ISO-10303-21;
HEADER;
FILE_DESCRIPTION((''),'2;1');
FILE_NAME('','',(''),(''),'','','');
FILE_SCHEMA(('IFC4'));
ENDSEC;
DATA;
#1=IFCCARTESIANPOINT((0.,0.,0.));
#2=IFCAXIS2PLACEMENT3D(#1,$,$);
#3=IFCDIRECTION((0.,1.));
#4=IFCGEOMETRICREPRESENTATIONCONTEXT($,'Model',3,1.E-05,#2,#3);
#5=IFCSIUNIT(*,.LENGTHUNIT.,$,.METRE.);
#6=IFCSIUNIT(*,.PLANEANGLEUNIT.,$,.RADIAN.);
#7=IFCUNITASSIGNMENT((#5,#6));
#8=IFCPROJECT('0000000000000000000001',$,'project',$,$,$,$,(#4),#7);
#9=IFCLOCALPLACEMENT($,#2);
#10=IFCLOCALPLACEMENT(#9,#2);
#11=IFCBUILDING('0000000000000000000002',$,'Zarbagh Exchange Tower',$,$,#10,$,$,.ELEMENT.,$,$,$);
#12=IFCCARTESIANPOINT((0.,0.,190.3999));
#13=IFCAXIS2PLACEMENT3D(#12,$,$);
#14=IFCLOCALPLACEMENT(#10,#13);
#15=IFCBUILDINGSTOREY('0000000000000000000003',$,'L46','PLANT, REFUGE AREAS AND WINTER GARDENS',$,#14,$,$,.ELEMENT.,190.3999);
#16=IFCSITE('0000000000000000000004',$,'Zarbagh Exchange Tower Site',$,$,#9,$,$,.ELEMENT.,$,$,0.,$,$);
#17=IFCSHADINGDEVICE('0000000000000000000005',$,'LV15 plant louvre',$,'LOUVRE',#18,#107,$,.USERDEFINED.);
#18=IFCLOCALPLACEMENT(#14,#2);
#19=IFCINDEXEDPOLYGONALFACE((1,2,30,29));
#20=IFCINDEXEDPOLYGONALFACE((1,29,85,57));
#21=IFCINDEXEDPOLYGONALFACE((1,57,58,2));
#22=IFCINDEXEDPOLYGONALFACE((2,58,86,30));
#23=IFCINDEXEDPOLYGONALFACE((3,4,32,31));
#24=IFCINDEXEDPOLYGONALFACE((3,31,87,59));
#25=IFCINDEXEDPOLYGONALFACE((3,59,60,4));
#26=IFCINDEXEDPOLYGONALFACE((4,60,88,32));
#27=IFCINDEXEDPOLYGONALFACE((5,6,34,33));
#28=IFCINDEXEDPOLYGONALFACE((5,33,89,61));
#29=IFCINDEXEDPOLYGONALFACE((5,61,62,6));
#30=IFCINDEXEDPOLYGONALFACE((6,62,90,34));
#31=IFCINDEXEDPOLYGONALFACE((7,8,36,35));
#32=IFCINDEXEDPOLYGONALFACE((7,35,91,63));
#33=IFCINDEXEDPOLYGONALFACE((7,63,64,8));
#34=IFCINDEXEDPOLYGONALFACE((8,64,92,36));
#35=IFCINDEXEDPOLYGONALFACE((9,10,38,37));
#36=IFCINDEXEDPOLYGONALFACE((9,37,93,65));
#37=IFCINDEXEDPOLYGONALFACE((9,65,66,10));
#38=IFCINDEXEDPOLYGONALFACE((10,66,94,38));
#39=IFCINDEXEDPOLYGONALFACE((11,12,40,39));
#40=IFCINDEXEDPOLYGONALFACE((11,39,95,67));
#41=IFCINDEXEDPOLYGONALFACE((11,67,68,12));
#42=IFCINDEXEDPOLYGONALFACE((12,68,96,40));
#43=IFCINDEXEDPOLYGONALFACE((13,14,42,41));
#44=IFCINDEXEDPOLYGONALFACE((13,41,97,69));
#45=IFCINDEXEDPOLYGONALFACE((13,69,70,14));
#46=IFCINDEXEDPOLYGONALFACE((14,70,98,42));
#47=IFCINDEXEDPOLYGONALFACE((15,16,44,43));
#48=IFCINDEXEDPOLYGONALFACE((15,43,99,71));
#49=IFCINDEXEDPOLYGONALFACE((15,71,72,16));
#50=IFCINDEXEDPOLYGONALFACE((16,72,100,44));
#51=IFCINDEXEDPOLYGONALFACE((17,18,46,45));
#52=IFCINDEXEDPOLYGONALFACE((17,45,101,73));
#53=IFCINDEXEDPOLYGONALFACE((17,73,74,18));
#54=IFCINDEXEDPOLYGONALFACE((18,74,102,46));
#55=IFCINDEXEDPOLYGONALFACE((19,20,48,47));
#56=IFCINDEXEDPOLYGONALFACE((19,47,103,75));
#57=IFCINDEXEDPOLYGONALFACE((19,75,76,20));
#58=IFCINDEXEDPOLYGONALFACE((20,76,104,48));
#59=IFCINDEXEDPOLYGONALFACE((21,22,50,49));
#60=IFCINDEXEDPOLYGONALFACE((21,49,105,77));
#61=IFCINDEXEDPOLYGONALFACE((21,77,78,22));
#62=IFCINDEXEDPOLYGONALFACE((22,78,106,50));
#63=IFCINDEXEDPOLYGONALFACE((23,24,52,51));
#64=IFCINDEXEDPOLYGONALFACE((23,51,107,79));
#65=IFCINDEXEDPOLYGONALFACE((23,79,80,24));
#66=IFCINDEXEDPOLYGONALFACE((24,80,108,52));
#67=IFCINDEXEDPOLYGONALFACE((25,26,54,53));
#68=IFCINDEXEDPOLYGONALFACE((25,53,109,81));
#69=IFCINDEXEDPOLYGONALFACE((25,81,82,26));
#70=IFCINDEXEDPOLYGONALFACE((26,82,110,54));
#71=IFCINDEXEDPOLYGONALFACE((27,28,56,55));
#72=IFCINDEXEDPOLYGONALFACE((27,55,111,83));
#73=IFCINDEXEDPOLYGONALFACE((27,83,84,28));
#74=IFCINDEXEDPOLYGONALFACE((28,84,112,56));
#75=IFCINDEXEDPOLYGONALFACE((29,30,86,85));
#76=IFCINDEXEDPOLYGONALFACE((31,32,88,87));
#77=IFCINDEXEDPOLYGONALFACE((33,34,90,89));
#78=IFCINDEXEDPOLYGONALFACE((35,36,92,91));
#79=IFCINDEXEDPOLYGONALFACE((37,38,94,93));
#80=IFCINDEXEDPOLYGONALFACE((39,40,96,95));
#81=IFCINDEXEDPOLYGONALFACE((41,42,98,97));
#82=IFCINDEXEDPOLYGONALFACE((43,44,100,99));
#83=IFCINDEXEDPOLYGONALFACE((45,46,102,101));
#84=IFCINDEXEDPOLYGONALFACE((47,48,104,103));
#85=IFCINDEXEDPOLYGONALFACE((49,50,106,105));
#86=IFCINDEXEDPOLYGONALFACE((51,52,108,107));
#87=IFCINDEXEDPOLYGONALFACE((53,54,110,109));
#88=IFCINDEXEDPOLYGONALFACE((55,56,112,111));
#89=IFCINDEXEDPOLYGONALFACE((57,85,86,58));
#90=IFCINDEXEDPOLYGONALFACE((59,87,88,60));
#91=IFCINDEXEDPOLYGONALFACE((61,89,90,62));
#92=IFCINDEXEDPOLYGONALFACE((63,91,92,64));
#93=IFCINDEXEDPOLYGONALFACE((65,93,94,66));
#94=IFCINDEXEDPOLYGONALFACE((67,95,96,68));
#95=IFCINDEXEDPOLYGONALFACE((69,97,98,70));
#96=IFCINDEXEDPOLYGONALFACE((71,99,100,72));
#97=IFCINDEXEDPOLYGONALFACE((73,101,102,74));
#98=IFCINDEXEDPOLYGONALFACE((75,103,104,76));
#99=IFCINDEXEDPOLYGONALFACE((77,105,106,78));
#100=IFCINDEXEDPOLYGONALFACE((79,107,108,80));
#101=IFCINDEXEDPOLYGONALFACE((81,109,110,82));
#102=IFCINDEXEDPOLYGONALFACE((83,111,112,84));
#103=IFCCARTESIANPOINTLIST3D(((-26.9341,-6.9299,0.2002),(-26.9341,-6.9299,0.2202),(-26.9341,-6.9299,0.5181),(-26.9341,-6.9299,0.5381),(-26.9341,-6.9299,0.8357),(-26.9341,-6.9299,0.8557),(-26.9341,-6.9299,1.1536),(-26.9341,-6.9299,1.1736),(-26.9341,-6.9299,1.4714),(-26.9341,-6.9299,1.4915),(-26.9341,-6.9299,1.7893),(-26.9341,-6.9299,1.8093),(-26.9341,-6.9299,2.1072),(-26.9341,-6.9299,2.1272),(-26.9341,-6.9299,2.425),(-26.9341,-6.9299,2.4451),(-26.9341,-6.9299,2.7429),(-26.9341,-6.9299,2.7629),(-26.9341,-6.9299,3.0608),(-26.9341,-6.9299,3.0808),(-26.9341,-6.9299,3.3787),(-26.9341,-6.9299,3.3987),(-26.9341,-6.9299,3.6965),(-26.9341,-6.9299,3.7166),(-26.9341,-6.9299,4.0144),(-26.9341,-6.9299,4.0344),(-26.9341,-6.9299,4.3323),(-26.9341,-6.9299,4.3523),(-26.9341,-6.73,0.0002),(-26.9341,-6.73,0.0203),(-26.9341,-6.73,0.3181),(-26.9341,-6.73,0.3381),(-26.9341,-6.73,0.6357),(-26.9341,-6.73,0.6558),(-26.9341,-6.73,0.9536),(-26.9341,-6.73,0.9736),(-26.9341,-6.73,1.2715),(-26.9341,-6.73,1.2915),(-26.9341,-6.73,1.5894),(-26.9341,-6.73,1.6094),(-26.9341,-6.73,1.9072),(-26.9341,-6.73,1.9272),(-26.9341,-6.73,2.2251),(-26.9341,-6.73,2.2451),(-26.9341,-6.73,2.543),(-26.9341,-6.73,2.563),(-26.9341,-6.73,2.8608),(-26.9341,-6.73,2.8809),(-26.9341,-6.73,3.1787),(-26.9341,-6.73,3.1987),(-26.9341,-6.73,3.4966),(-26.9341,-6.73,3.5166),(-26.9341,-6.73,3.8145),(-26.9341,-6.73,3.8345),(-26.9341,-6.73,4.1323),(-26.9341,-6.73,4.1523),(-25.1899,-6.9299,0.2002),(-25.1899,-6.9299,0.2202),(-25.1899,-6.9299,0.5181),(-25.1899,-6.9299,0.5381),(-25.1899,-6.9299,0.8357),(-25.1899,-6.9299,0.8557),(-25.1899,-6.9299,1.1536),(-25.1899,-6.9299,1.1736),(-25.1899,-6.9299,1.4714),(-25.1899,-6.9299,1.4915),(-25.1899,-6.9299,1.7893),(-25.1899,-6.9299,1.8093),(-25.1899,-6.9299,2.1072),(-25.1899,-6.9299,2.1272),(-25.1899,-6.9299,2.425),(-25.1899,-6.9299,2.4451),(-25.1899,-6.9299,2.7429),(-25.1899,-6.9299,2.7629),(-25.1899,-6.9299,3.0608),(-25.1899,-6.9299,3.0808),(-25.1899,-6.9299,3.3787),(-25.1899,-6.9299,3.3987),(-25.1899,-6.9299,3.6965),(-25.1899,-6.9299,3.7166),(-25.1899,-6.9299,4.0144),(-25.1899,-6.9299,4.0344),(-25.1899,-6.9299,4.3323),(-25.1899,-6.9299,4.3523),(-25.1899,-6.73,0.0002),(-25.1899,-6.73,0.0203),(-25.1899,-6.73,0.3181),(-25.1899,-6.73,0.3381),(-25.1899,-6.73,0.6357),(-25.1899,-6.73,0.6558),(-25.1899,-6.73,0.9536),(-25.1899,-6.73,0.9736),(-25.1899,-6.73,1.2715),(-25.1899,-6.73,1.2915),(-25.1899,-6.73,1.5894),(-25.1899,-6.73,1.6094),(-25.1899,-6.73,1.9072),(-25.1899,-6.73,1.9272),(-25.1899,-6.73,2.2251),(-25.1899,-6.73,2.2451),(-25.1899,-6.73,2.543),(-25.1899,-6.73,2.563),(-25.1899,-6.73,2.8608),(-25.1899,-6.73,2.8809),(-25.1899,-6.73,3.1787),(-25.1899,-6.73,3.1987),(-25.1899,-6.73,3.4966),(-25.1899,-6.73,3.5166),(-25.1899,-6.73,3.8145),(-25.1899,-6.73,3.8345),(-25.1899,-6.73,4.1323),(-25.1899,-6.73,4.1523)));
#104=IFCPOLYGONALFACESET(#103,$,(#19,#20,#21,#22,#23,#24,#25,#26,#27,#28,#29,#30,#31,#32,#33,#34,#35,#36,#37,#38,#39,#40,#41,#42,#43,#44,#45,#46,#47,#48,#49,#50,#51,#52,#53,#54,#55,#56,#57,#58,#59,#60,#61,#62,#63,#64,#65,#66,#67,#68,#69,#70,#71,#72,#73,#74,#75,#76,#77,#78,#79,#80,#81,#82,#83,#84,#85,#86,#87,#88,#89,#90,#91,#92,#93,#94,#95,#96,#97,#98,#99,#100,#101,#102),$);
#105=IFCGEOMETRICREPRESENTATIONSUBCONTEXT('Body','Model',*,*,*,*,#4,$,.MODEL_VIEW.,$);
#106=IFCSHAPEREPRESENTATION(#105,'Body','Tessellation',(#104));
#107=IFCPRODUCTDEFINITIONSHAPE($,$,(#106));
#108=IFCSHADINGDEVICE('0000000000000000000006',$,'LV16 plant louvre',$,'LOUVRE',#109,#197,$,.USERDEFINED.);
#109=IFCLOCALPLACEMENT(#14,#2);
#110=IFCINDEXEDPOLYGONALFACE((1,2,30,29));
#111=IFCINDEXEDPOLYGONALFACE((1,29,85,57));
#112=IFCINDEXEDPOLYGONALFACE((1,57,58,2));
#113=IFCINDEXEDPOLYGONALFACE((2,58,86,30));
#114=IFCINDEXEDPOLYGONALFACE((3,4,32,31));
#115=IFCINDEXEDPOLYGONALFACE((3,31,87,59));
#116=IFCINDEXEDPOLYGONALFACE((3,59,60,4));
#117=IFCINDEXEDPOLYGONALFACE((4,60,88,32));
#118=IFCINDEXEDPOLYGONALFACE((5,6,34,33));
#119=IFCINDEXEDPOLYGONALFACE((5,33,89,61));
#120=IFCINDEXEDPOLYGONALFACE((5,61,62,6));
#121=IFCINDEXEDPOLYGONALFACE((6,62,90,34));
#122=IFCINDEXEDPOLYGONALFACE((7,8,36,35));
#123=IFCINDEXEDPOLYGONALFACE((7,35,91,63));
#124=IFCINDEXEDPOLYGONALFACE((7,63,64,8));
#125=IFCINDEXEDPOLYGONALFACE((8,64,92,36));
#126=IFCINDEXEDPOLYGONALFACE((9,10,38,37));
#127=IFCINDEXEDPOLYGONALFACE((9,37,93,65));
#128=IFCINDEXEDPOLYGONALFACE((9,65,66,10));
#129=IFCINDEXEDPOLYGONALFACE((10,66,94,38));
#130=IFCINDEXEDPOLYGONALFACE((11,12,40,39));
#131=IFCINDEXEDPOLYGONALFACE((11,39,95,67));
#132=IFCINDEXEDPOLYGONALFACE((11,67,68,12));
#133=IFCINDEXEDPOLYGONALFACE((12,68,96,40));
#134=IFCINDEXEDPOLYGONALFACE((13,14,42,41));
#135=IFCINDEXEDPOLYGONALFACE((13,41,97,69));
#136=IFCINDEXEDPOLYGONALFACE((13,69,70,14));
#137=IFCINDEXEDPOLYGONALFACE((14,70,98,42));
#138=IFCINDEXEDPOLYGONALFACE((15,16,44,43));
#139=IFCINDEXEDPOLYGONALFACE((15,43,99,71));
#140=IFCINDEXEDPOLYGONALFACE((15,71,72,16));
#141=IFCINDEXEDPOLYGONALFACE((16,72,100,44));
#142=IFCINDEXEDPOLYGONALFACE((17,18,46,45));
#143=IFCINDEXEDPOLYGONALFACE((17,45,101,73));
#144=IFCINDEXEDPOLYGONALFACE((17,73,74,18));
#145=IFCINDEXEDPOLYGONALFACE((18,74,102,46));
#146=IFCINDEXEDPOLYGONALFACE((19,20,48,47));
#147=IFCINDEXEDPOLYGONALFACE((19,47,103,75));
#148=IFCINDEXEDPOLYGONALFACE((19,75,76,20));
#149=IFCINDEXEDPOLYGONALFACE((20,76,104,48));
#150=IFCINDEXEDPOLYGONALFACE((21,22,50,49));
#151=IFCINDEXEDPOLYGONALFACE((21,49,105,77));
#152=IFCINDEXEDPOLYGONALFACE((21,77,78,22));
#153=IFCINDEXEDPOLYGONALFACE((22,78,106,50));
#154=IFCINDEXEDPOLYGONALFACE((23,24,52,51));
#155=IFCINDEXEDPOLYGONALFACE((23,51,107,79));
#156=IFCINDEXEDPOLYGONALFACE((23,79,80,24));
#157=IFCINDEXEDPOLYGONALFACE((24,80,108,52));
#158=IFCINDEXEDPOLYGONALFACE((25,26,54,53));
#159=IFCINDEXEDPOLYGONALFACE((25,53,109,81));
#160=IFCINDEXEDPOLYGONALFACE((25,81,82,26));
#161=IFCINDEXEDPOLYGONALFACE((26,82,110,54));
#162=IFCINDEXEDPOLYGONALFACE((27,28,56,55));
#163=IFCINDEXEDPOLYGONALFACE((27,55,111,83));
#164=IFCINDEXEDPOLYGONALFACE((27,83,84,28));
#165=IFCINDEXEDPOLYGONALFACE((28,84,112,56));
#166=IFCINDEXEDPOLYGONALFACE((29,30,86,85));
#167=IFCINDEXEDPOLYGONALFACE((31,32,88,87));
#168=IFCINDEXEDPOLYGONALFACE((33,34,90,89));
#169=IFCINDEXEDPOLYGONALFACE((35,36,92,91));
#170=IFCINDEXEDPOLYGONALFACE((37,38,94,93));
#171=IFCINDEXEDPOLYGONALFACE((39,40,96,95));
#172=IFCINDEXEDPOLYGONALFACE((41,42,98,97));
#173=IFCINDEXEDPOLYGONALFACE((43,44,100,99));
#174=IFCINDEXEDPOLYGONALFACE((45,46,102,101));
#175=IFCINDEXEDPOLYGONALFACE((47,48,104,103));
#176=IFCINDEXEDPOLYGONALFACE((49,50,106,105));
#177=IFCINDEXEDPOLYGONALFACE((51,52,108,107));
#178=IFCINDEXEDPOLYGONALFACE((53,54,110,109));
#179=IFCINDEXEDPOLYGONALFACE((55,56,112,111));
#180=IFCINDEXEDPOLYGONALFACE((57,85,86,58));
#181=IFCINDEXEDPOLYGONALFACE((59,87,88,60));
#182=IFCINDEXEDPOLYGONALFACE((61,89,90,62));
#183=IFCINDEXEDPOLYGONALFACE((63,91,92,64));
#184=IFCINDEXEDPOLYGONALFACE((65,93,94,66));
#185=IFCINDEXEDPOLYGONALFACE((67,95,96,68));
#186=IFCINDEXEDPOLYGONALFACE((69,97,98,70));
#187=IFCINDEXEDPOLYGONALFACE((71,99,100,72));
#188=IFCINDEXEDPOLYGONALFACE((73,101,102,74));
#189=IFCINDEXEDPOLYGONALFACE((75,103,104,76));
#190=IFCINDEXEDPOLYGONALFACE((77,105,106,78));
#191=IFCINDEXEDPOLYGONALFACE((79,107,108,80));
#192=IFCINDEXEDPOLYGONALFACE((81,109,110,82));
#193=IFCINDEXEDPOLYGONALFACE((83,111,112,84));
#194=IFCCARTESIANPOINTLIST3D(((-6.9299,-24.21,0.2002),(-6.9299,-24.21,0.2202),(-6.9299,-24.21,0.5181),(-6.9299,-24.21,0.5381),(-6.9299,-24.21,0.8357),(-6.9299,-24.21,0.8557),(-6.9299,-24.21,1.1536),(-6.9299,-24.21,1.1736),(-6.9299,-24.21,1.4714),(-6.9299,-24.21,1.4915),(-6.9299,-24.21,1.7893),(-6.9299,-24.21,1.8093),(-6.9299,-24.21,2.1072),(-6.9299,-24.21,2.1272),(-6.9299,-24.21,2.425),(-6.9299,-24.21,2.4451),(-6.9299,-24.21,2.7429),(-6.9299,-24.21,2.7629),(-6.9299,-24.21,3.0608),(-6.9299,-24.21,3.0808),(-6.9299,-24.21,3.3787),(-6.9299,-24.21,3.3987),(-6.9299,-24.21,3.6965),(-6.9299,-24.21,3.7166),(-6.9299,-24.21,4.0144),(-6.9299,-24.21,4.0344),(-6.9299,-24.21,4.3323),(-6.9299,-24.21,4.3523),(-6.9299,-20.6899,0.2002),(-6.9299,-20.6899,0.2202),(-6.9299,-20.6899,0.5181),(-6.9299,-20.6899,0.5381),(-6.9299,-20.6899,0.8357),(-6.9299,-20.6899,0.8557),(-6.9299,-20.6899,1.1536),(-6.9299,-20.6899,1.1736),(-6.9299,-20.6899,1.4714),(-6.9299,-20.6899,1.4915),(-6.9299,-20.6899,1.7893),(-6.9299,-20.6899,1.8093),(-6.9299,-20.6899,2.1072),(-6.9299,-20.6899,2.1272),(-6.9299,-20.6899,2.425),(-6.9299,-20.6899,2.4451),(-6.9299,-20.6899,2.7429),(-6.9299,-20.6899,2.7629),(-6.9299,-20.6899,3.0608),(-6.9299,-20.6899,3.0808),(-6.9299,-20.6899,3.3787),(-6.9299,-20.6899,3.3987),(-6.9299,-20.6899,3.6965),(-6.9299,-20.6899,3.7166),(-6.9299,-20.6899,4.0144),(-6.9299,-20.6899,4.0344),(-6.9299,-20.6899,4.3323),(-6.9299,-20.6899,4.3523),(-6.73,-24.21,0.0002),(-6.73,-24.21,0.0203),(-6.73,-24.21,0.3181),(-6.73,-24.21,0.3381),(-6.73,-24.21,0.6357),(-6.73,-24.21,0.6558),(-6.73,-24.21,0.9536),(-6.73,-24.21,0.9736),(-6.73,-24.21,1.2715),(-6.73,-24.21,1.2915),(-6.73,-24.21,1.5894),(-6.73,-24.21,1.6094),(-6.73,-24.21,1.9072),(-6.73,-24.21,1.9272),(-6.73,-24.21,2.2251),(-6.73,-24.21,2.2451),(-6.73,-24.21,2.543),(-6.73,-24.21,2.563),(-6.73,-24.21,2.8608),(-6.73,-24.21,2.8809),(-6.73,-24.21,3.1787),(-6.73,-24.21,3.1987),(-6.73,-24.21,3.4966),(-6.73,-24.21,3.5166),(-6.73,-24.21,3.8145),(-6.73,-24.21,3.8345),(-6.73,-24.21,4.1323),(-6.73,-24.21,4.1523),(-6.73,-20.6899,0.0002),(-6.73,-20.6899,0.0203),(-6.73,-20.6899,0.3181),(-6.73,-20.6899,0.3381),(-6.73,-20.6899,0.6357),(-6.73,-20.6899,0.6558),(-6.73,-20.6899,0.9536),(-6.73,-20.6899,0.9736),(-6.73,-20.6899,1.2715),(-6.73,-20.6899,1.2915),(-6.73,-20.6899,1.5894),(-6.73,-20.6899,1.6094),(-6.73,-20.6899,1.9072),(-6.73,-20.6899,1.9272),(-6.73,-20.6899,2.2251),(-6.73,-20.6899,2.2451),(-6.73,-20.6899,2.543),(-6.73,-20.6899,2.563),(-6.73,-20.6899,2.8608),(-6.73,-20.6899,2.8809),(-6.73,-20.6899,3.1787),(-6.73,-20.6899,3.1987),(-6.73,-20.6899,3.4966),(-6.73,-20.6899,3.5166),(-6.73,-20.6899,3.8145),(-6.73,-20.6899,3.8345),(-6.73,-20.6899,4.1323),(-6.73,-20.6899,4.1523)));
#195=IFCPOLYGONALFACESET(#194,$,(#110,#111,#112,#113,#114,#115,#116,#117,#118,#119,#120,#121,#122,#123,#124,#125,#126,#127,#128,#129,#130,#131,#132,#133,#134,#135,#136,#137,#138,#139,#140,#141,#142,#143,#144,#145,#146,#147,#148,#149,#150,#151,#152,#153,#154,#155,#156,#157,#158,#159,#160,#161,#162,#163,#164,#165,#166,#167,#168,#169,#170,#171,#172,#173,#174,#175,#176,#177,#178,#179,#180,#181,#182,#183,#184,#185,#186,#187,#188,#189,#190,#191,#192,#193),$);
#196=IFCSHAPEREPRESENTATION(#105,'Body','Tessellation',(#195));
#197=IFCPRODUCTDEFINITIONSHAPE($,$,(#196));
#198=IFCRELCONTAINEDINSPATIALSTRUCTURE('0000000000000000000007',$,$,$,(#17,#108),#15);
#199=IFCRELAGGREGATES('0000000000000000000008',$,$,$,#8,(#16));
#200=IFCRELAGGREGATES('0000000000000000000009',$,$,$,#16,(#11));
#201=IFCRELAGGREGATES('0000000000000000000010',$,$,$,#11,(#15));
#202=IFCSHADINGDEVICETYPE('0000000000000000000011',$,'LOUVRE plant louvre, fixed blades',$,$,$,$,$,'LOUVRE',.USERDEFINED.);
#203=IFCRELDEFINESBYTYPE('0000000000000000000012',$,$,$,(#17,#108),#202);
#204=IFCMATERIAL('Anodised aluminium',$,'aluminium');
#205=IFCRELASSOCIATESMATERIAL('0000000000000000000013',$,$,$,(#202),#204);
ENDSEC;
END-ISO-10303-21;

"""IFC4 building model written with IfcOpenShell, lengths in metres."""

from ifc_helpers import new_model, si_unit, direction, frame, origin, place, context, subcontext, project, spatial, polyline, outline, extrude, source, transform, mapped, material, type_object, element, save


model = new_model("IFC4")

# Units and contexts
model_context = context("Model", 3, precision=1e-05, world=origin(), true_north=direction((0.0, 1.0)))
body_context = subcontext(model_context, "Body", "Model", "MODEL_VIEW")
ifc_project = project(units=[si_unit("LENGTHUNIT", "METRE"), si_unit("PLANEANGLEUNIT", "RADIAN")], contexts=[model_context])

# Site, building, storey
site_placement = place(None, origin())
site = spatial("IfcSite", under=ifc_project, at=site_placement, Name="Zarbagh Exchange Tower Site", CompositionType="ELEMENT", RefElevation=0.0)
building_placement = place(site_placement, origin())
building = spatial("IfcBuilding", under=site, at=building_placement, Name="Zarbagh Exchange Tower", CompositionType="ELEMENT")
storey_placement = place(building_placement, frame((0.0, 0.0, 190.3999)))
storey = spatial("IfcBuildingStorey", under=building, at=storey_placement, Name="L46", Description="PLANT, REFUGE AREAS AND WINTER GARDENS", CompositionType="ELEMENT", Elevation=190.3999)

# Shared definitions
placement = place(storey_placement, origin())

# Shading devices
ifc_material_1 = material(Name="Anodised aluminium", Category="aluminium")
shading_device_type = type_object("IfcShadingDeviceType", Name="LOUVRE plant louvre, fixed blades", ElementType="LOUVRE", PredefinedType="USERDEFINED", material=ifc_material_1)
shared_shape_1 = source(origin(), body_context, "Body", "SweptSolid", [
    extrude(outline(polyline([(0.0, 0.2), (0.2, 0.0), (0.2, -0.02), (0.0, 0.1799), (0.0, 0.2)])), origin(), (0.0, 0.0, 1.0), 1.7441),
])
element("IfcShadingDevice", 1, at=placement, inside=storey, type_object=shading_device_type, Name="LV15 plant louvre", ObjectType="LOUVRE", PredefinedType="USERDEFINED", context=body_context, shape_type="MappedRepresentation", body=[
    mapped(shared_shape_1, transform((-26.9341, -6.73, 0.2002), x_axis=(0.0, -1.0, 0.0), y_axis=(0.0, 0.0, -1.0), z_axis=(1.0, 0.0, 0.0))),
    mapped(shared_shape_1, transform((-26.9341, -6.73, 0.5181), x_axis=(0.0, -1.0, 0.0), y_axis=(0.0, 0.0, -1.0), z_axis=(1.0, 0.0, 0.0))),
    mapped(shared_shape_1, transform((-26.9341, -6.73, 0.8357), x_axis=(0.0, -1.0, 0.0), y_axis=(0.0, 0.0, -1.0), z_axis=(1.0, 0.0, 0.0))),
    mapped(shared_shape_1, transform((-26.9341, -6.73, 1.1536), x_axis=(0.0, -1.0, 0.0), y_axis=(0.0, 0.0, -1.0), z_axis=(1.0, 0.0, 0.0))),
    mapped(shared_shape_1, transform((-26.9341, -6.73, 1.4714), x_axis=(0.0, -1.0, 0.0), y_axis=(0.0, 0.0, -1.0), z_axis=(1.0, 0.0, 0.0))),
    mapped(shared_shape_1, transform((-26.9341, -6.73, 1.7893), x_axis=(0.0, -1.0, 0.0), y_axis=(0.0, 0.0, -1.0), z_axis=(1.0, 0.0, 0.0))),
    mapped(shared_shape_1, transform((-26.9341, -6.73, 2.1072), x_axis=(0.0, -1.0, 0.0), y_axis=(0.0, 0.0, -1.0), z_axis=(1.0, 0.0, 0.0))),
    mapped(shared_shape_1, transform((-26.9341, -6.73, 2.425), x_axis=(0.0, -1.0, 0.0), y_axis=(0.0, 0.0, -1.0), z_axis=(1.0, 0.0, 0.0))),
    mapped(shared_shape_1, transform((-26.9341, -6.73, 2.7429), x_axis=(0.0, -1.0, 0.0), y_axis=(0.0, 0.0, -1.0), z_axis=(1.0, 0.0, 0.0))),
    mapped(shared_shape_1, transform((-26.9341, -6.73, 3.0608), x_axis=(0.0, -1.0, 0.0), y_axis=(0.0, 0.0, -1.0), z_axis=(1.0, 0.0, 0.0))),
    mapped(shared_shape_1, transform((-26.9341, -6.73, 3.3787), x_axis=(0.0, -1.0, 0.0), y_axis=(0.0, 0.0, -1.0), z_axis=(1.0, 0.0, 0.0))),
    mapped(shared_shape_1, transform((-26.9341, -6.73, 3.6965), x_axis=(0.0, -1.0, 0.0), y_axis=(0.0, 0.0, -1.0), z_axis=(1.0, 0.0, 0.0))),
    mapped(shared_shape_1, transform((-26.9341, -6.73, 4.0144), x_axis=(0.0, -1.0, 0.0), y_axis=(0.0, 0.0, -1.0), z_axis=(1.0, 0.0, 0.0))),
    mapped(shared_shape_1, transform((-26.9341, -6.73, 4.3323), x_axis=(0.0, -1.0, 0.0), y_axis=(0.0, 0.0, -1.0), z_axis=(1.0, 0.0, 0.0))),
])
shared_shape_2 = source(origin(), body_context, "Body", "SweptSolid", [
    extrude(outline(polyline([(0.0, 0.2), (0.2, 0.0), (0.2, -0.02), (0.0, 0.1799), (0.0, 0.2)])), origin(), (0.0, 0.0, 1.0), 3.52),
])
element("IfcShadingDevice", 2, at=placement, inside=storey, type_object=shading_device_type, Name="LV16 plant louvre", ObjectType="LOUVRE", PredefinedType="USERDEFINED", context=body_context, shape_type="MappedRepresentation", body=[
    mapped(shared_shape_2, transform((-6.73, -20.6899, 0.2002), x_axis=(-1.0, 0.0, 0.0), y_axis=(0.0, 0.0, -1.0), z_axis=(0.0, -1.0, 0.0))),
    mapped(shared_shape_2, transform((-6.73, -20.6899, 0.5181), x_axis=(-1.0, 0.0, 0.0), y_axis=(0.0, 0.0, -1.0), z_axis=(0.0, -1.0, 0.0))),
    mapped(shared_shape_2, transform((-6.73, -20.6899, 0.8357), x_axis=(-1.0, 0.0, 0.0), y_axis=(0.0, 0.0, -1.0), z_axis=(0.0, -1.0, 0.0))),
    mapped(shared_shape_2, transform((-6.73, -20.6899, 1.1536), x_axis=(-1.0, 0.0, 0.0), y_axis=(0.0, 0.0, -1.0), z_axis=(0.0, -1.0, 0.0))),
    mapped(shared_shape_2, transform((-6.73, -20.6899, 1.4714), x_axis=(-1.0, 0.0, 0.0), y_axis=(0.0, 0.0, -1.0), z_axis=(0.0, -1.0, 0.0))),
    mapped(shared_shape_2, transform((-6.73, -20.6899, 1.7893), x_axis=(-1.0, 0.0, 0.0), y_axis=(0.0, 0.0, -1.0), z_axis=(0.0, -1.0, 0.0))),
    mapped(shared_shape_2, transform((-6.73, -20.6899, 2.1072), x_axis=(-1.0, 0.0, 0.0), y_axis=(0.0, 0.0, -1.0), z_axis=(0.0, -1.0, 0.0))),
    mapped(shared_shape_2, transform((-6.73, -20.6899, 2.425), x_axis=(-1.0, 0.0, 0.0), y_axis=(0.0, 0.0, -1.0), z_axis=(0.0, -1.0, 0.0))),
    mapped(shared_shape_2, transform((-6.73, -20.6899, 2.7429), x_axis=(-1.0, 0.0, 0.0), y_axis=(0.0, 0.0, -1.0), z_axis=(0.0, -1.0, 0.0))),
    mapped(shared_shape_2, transform((-6.73, -20.6899, 3.0608), x_axis=(-1.0, 0.0, 0.0), y_axis=(0.0, 0.0, -1.0), z_axis=(0.0, -1.0, 0.0))),
    mapped(shared_shape_2, transform((-6.73, -20.6899, 3.3787), x_axis=(-1.0, 0.0, 0.0), y_axis=(0.0, 0.0, -1.0), z_axis=(0.0, -1.0, 0.0))),
    mapped(shared_shape_2, transform((-6.73, -20.6899, 3.6965), x_axis=(-1.0, 0.0, 0.0), y_axis=(0.0, 0.0, -1.0), z_axis=(0.0, -1.0, 0.0))),
    mapped(shared_shape_2, transform((-6.73, -20.6899, 4.0144), x_axis=(-1.0, 0.0, 0.0), y_axis=(0.0, 0.0, -1.0), z_axis=(0.0, -1.0, 0.0))),
    mapped(shared_shape_2, transform((-6.73, -20.6899, 4.3323), x_axis=(-1.0, 0.0, 0.0), y_axis=(0.0, 0.0, -1.0), z_axis=(0.0, -1.0, 0.0))),
])

save(model, "model.ifc")
